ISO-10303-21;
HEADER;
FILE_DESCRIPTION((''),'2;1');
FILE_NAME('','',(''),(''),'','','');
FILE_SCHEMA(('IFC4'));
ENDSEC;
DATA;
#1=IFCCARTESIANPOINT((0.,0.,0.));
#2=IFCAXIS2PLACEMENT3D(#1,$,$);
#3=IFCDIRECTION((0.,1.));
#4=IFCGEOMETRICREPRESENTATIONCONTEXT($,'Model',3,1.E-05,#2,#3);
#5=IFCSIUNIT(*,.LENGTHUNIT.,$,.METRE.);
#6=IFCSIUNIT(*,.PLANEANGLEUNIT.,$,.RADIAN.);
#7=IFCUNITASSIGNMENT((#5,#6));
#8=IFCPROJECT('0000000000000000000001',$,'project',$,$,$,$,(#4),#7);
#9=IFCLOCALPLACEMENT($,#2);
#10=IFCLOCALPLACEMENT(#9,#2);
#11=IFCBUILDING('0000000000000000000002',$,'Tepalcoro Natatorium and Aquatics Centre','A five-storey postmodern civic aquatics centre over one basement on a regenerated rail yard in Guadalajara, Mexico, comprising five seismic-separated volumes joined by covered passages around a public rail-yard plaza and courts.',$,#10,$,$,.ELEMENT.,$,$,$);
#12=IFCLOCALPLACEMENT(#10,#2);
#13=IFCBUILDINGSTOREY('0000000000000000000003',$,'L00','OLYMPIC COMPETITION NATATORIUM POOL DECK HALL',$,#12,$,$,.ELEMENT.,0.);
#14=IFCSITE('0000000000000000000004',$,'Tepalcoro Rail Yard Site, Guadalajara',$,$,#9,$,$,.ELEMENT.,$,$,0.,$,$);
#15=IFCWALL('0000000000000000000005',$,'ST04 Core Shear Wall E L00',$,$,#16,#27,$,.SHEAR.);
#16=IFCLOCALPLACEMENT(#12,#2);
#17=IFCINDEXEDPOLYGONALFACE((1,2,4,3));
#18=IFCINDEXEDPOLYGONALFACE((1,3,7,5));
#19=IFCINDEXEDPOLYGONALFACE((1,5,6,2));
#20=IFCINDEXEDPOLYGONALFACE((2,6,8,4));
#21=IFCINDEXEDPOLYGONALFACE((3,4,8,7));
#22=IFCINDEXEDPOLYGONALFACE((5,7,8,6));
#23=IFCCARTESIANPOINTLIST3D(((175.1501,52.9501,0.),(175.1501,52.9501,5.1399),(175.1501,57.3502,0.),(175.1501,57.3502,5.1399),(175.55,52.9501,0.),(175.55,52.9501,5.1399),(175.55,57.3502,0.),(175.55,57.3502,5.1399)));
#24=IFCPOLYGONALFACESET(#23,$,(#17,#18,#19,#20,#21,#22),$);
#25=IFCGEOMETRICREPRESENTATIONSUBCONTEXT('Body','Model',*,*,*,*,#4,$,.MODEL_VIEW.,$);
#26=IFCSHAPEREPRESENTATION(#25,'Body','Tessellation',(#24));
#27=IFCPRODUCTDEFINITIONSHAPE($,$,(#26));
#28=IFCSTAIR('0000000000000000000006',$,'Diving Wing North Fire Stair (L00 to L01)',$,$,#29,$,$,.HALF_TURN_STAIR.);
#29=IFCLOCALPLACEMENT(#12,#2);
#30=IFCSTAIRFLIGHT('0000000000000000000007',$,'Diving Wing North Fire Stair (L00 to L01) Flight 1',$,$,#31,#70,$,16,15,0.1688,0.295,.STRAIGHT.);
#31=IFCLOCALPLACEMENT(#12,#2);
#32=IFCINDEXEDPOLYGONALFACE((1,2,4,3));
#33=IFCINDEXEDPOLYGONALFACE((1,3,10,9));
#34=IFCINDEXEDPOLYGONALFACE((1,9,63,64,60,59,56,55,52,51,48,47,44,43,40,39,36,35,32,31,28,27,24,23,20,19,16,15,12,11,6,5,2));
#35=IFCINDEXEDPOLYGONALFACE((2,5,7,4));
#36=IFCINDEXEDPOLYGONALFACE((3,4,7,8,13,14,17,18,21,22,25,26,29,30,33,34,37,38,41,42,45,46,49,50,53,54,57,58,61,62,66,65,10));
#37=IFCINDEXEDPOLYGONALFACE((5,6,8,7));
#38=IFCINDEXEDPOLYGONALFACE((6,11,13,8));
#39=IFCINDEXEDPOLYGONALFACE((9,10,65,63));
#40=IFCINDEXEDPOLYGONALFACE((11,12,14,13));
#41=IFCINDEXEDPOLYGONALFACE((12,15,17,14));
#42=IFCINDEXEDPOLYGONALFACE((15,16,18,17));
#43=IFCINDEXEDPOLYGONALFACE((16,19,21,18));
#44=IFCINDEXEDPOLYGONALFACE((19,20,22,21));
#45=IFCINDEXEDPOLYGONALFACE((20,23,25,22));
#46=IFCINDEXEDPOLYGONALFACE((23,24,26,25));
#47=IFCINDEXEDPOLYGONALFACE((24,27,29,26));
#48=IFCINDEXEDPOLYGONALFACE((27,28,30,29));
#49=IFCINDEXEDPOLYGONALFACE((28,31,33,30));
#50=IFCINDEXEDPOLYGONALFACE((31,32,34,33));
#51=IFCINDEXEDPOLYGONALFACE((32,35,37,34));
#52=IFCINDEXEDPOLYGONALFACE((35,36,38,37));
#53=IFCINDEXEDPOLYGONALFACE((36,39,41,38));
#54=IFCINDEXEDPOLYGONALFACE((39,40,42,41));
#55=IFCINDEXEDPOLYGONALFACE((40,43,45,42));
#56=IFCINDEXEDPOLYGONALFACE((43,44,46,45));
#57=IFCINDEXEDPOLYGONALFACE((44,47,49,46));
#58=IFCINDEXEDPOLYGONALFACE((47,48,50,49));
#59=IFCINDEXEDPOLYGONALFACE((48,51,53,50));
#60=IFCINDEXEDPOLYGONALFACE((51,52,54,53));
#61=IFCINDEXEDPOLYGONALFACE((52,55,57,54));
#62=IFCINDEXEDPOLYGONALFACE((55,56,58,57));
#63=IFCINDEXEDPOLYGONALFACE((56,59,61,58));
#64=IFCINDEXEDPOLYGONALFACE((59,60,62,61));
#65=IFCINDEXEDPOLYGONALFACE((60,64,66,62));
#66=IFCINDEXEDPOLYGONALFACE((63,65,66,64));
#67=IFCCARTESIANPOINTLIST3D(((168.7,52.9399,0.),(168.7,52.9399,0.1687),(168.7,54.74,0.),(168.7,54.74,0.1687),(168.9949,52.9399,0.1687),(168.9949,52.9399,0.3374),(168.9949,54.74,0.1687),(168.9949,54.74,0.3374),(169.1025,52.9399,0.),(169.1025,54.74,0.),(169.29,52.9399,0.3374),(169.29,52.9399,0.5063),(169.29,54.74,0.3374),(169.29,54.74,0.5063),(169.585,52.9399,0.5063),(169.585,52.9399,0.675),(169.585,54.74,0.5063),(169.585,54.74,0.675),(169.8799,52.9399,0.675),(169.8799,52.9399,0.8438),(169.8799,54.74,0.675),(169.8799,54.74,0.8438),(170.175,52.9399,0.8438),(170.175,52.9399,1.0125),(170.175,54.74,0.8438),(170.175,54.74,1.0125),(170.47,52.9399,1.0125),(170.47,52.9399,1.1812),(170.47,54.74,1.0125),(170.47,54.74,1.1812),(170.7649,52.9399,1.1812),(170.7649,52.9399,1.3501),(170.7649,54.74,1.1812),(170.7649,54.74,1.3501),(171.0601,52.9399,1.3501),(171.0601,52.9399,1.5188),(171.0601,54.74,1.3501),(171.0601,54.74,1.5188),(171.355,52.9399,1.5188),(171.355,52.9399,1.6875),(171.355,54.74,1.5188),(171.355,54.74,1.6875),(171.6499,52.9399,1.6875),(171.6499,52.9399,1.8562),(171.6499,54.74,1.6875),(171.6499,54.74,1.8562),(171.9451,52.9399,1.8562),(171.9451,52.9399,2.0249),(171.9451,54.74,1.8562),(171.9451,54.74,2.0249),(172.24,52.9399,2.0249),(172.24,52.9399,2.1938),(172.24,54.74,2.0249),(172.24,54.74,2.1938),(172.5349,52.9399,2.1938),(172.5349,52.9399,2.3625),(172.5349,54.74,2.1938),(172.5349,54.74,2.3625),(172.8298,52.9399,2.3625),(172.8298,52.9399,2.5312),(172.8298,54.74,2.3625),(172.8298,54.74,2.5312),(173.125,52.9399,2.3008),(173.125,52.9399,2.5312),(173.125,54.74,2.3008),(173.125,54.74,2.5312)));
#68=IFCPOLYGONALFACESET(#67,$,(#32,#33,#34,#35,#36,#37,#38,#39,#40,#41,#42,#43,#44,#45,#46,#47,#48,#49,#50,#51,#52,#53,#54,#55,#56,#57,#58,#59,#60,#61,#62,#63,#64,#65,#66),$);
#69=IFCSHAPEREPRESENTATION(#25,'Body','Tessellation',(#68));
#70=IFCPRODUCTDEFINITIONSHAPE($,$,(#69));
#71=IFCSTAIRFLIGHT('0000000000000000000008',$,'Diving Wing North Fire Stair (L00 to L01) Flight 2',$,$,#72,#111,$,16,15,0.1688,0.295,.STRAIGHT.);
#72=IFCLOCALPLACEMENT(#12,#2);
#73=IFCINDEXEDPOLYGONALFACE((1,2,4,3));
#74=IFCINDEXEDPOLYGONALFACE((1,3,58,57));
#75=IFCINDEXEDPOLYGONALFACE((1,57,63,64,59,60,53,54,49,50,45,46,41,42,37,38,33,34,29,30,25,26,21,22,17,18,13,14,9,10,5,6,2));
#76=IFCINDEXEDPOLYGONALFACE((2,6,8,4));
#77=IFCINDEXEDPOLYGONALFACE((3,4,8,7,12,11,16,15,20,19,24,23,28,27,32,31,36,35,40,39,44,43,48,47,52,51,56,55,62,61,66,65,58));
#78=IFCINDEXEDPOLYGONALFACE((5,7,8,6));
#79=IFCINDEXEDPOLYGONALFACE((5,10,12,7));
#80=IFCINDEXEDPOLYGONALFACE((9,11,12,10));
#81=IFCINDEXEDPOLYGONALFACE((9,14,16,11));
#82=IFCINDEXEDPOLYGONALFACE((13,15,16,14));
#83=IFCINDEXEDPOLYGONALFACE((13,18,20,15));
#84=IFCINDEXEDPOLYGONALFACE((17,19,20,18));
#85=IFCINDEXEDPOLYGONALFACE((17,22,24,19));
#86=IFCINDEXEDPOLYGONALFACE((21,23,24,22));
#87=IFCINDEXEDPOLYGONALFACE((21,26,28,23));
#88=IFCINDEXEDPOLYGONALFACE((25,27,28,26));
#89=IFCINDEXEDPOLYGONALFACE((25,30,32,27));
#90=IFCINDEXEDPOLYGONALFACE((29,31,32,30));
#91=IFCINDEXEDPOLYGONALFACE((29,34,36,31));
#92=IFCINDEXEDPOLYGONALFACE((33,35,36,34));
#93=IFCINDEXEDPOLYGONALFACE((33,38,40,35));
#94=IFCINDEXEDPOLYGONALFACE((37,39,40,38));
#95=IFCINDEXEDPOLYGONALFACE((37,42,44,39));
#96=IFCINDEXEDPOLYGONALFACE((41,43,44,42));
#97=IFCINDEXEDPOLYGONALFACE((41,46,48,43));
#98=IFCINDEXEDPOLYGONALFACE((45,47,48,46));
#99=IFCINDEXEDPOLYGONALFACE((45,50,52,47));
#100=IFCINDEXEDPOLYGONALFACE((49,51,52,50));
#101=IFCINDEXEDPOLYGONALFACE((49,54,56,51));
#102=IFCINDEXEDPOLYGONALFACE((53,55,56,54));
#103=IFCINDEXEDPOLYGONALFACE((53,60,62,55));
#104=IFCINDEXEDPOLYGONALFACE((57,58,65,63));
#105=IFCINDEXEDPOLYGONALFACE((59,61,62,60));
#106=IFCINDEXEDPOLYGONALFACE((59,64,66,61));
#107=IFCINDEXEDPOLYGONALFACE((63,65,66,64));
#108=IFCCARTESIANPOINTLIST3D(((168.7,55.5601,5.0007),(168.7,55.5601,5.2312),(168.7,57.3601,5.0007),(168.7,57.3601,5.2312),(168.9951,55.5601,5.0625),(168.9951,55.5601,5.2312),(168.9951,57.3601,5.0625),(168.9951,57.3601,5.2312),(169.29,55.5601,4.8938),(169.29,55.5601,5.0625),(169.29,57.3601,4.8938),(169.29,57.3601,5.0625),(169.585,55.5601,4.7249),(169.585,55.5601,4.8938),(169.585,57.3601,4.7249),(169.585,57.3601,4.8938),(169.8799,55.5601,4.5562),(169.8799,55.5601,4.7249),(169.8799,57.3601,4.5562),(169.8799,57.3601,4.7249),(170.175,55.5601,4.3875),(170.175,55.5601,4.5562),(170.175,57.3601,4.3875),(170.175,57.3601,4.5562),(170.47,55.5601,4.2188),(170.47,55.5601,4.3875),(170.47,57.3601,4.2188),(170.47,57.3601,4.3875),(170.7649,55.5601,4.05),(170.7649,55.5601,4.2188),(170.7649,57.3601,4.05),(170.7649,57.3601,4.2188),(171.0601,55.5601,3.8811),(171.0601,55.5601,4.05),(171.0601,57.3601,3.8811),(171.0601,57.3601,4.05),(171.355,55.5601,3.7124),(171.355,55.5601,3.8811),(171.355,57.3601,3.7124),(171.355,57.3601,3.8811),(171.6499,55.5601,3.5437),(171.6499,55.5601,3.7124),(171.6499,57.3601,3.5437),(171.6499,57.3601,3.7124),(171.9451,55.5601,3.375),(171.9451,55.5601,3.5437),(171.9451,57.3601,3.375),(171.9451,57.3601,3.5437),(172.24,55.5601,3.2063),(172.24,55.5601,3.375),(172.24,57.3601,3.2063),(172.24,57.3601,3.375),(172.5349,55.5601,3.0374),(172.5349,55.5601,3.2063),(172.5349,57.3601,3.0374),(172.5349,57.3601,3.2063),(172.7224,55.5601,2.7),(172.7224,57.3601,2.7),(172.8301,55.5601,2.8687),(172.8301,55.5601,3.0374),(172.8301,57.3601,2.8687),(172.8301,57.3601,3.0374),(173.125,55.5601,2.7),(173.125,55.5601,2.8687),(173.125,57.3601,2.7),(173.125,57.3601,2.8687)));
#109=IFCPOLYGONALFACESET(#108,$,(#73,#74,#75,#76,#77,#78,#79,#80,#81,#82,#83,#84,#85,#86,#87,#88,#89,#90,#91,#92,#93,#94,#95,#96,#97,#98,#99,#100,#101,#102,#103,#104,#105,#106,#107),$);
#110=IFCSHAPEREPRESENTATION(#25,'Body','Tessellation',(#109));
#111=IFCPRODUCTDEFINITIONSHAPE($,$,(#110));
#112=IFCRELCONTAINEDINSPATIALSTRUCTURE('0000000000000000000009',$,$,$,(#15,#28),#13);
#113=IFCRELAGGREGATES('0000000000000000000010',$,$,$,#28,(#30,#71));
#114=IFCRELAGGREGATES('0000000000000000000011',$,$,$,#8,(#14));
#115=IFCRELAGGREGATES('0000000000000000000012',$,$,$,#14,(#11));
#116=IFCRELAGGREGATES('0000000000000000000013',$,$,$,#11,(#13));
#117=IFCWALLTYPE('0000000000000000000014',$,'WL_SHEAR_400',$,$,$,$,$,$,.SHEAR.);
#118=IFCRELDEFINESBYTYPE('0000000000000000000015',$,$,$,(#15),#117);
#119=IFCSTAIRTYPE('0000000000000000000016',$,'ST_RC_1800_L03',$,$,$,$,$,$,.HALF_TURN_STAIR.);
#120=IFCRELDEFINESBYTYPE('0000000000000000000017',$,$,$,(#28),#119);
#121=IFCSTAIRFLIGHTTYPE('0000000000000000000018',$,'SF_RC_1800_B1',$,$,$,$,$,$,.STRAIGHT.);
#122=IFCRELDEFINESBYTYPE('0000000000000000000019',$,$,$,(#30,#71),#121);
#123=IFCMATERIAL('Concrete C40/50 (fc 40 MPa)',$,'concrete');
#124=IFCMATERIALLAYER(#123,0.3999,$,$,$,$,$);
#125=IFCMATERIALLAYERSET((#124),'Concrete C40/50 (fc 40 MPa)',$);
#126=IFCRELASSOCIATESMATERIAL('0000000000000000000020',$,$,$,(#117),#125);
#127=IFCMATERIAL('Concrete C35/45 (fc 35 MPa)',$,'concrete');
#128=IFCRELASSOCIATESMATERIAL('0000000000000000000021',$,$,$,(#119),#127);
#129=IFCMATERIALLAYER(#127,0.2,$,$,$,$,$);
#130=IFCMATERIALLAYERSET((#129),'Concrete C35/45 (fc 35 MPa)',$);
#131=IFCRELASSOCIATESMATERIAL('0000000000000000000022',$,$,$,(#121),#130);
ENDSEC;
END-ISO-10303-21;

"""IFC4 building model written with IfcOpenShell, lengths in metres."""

from ifc_helpers import new_model, si_unit, direction, frame, frame_2d, origin, place, context, subcontext, project, spatial, polyline, rectangle, outline, extrude, material, layer, layer_set, type_object, element, aggregate, save


model = new_model("IFC4")

# Units and contexts
model_context = context("Model", 3, precision=1e-05, world=origin(), true_north=direction((0.0, 1.0)))
body_context = subcontext(model_context, "Body", "Model", "MODEL_VIEW")
ifc_project = project(units=[si_unit("LENGTHUNIT", "METRE"), si_unit("PLANEANGLEUNIT", "RADIAN")], contexts=[model_context])

# Site, building, storey
site_placement = place(None, origin())
site = spatial("IfcSite", under=ifc_project, at=site_placement, Name="Tepalcoro Rail Yard Site, Guadalajara", CompositionType="ELEMENT", RefElevation=0.0)
building_placement = place(site_placement, origin())
building = spatial("IfcBuilding", under=site, at=building_placement, Name="Tepalcoro Natatorium and Aquatics Centre", Description="A five-storey postmodern civic aquatics centre over one basement on a regenerated rail yard in Guadalajara, Mexico, comprising five seismic-separated volumes joined by covered passages around a public rail-yard plaza and courts.", CompositionType="ELEMENT")
storey_placement = place(building_placement, origin())
storey = spatial("IfcBuildingStorey", under=building, at=storey_placement, Name="L00", Description="OLYMPIC COMPETITION NATATORIUM POOL DECK HALL", CompositionType="ELEMENT", Elevation=0.0)

# Shared definitions
ifc_material_1 = material(Name="Concrete C40/50 (fc 40 MPa)", Category="concrete")

# Shared definitions
ifc_layer_1 = layer(ifc_material_1, 0.3999)
ifc_layer_set_1 = layer_set([ifc_layer_1], Name="Concrete C40/50 (fc 40 MPa)")
wall_type_1 = type_object("IfcWallType", Name="WL_SHEAR_400", PredefinedType="SHEAR", material=ifc_layer_set_1)

# Wall
for number, where, z_axis, x_axis, name in (
    (1, (175.3501, 52.95, 0.0), (0.0, 0.0, 1.0), (0.0, 1.0, 0.0), "ST04 Core Shear Wall E L00"),
):
    element("IfcWall", number, at=place(storey_placement, frame(where, z_axis=z_axis, x_axis=x_axis)), inside=storey, type_object=wall_type_1, Name=name, PredefinedType="SHEAR", context=body_context, shape_type="SweptSolid", body=[
        extrude(rectangle(XDim=4.4001, YDim=0.3999, at=frame_2d((2.2002, 0.0))), origin(), (0.0, 0.0, 1.0), 5.1399),
    ])

# Stair, stair flights
ifc_material_2 = material(Name="Concrete C35/45 (fc 35 MPa)", Category="concrete")
stair_type = type_object("IfcStairType", Name="ST_RC_1800_L03", PredefinedType="HALF_TURN_STAIR", material=ifc_material_2)
stair_placement = place(storey_placement, origin())
stair = element("IfcStair", 2, at=stair_placement, inside=storey, type_object=stair_type, Name="Diving Wing North Fire Stair (L00 to L01)", PredefinedType="HALF_TURN_STAIR")
ifc_layer_2 = layer(ifc_material_2, 0.2)
ifc_layer_set_2 = layer_set([ifc_layer_2], Name="Concrete C35/45 (fc 35 MPa)")
stair_flight_type = type_object("IfcStairFlightType", Name="SF_RC_1800_B1", PredefinedType="STRAIGHT", material=ifc_layer_set_2)
stair_flight_1_placement = place(storey_placement, frame((168.7, 53.8401, 0.0), z_axis=(0.0, 0.0, 1.0), x_axis=(1.0, 0.0, 0.0)))
stair_flight_1 = element("IfcStairFlight", 3, at=stair_flight_1_placement, type_object=stair_flight_type, Name="Diving Wing North Fire Stair (L00 to L01) Flight 1", NumberOfRisers=16, NumberOfTreads=15, PredefinedType="STRAIGHT", RiserHeight=0.1688, TreadLength=0.295, context=body_context, shape_type="SweptSolid", body=[
    extrude(outline(polyline([(0.0, 0.0), (0.0, 0.1687), (0.2949, 0.1687), (0.2949, 0.3374), (0.5901, 0.3374), (0.5901, 0.5063), (0.885, 0.5063), (0.885, 0.675), (1.1799, 0.675), (1.1799, 0.8438), (1.4751, 0.8438), (1.4751, 1.0125), (1.77, 1.0125), (1.77, 1.1812), (2.0649, 1.1812), (2.0649, 1.3501), (2.3601, 1.3501), (2.3601, 1.5188), (2.655, 1.5188), (2.655, 1.6875), (2.95, 1.6875), (2.95, 1.8562), (3.2451, 1.8562), (3.2451, 2.0249), (3.54, 2.0249), (3.54, 2.1938), (3.835, 2.1938), (3.835, 2.3625), (4.1299, 2.3625), (4.1299, 2.5312), (4.425, 2.5312), (4.425, 2.7), (4.425, 2.3008), (0.4026, 0.0), (0.0, 0.0)])), frame((0.0, 0.8999, 0.0), z_axis=(0.0, -1.0, 0.0), x_axis=(1.0, 0.0, 0.0)), (0.0, 0.0, 1.0), 1.8),
])
stair_flight_2_placement = place(storey_placement, frame((173.125, 56.46, 2.7), z_axis=(0.0, 0.0, 1.0), x_axis=(-1.0, 0.0, 0.0)))
stair_flight_2 = element("IfcStairFlight", 4, at=stair_flight_2_placement, type_object=stair_flight_type, Name="Diving Wing North Fire Stair (L00 to L01) Flight 2", NumberOfRisers=16, NumberOfTreads=15, PredefinedType="STRAIGHT", RiserHeight=0.1688, TreadLength=0.295, context=body_context, shape_type="SweptSolid", body=[
    extrude(outline(polyline([(0.0, 0.0), (0.0, 0.1687), (0.2949, 0.1687), (0.2949, 0.3374), (0.5901, 0.3374), (0.5901, 0.5063), (0.885, 0.5063), (0.885, 0.675), (1.1799, 0.675), (1.1799, 0.8438), (1.4751, 0.8438), (1.4751, 1.0125), (1.77, 1.0125), (1.77, 1.1812), (2.0649, 1.1812), (2.0649, 1.3501), (2.3601, 1.3501), (2.3601, 1.5188), (2.655, 1.5188), (2.655, 1.6875), (2.95, 1.6875), (2.95, 1.8562), (3.2451, 1.8562), (3.2451, 2.0249), (3.54, 2.0249), (3.54, 2.1938), (3.835, 2.1938), (3.835, 2.3625), (4.1299, 2.3625), (4.1299, 2.5312), (4.425, 2.5312), (4.425, 2.7), (4.425, 2.3008), (0.4026, 0.0), (0.0, 0.0)])), frame((0.0, 0.8999, 0.0), z_axis=(0.0, -1.0, 0.0), x_axis=(1.0, 0.0, 0.0)), (0.0, 0.0, 1.0), 1.8),
])
aggregate(stair, [stair_flight_1, stair_flight_2])

save(model, "model.ifc")
